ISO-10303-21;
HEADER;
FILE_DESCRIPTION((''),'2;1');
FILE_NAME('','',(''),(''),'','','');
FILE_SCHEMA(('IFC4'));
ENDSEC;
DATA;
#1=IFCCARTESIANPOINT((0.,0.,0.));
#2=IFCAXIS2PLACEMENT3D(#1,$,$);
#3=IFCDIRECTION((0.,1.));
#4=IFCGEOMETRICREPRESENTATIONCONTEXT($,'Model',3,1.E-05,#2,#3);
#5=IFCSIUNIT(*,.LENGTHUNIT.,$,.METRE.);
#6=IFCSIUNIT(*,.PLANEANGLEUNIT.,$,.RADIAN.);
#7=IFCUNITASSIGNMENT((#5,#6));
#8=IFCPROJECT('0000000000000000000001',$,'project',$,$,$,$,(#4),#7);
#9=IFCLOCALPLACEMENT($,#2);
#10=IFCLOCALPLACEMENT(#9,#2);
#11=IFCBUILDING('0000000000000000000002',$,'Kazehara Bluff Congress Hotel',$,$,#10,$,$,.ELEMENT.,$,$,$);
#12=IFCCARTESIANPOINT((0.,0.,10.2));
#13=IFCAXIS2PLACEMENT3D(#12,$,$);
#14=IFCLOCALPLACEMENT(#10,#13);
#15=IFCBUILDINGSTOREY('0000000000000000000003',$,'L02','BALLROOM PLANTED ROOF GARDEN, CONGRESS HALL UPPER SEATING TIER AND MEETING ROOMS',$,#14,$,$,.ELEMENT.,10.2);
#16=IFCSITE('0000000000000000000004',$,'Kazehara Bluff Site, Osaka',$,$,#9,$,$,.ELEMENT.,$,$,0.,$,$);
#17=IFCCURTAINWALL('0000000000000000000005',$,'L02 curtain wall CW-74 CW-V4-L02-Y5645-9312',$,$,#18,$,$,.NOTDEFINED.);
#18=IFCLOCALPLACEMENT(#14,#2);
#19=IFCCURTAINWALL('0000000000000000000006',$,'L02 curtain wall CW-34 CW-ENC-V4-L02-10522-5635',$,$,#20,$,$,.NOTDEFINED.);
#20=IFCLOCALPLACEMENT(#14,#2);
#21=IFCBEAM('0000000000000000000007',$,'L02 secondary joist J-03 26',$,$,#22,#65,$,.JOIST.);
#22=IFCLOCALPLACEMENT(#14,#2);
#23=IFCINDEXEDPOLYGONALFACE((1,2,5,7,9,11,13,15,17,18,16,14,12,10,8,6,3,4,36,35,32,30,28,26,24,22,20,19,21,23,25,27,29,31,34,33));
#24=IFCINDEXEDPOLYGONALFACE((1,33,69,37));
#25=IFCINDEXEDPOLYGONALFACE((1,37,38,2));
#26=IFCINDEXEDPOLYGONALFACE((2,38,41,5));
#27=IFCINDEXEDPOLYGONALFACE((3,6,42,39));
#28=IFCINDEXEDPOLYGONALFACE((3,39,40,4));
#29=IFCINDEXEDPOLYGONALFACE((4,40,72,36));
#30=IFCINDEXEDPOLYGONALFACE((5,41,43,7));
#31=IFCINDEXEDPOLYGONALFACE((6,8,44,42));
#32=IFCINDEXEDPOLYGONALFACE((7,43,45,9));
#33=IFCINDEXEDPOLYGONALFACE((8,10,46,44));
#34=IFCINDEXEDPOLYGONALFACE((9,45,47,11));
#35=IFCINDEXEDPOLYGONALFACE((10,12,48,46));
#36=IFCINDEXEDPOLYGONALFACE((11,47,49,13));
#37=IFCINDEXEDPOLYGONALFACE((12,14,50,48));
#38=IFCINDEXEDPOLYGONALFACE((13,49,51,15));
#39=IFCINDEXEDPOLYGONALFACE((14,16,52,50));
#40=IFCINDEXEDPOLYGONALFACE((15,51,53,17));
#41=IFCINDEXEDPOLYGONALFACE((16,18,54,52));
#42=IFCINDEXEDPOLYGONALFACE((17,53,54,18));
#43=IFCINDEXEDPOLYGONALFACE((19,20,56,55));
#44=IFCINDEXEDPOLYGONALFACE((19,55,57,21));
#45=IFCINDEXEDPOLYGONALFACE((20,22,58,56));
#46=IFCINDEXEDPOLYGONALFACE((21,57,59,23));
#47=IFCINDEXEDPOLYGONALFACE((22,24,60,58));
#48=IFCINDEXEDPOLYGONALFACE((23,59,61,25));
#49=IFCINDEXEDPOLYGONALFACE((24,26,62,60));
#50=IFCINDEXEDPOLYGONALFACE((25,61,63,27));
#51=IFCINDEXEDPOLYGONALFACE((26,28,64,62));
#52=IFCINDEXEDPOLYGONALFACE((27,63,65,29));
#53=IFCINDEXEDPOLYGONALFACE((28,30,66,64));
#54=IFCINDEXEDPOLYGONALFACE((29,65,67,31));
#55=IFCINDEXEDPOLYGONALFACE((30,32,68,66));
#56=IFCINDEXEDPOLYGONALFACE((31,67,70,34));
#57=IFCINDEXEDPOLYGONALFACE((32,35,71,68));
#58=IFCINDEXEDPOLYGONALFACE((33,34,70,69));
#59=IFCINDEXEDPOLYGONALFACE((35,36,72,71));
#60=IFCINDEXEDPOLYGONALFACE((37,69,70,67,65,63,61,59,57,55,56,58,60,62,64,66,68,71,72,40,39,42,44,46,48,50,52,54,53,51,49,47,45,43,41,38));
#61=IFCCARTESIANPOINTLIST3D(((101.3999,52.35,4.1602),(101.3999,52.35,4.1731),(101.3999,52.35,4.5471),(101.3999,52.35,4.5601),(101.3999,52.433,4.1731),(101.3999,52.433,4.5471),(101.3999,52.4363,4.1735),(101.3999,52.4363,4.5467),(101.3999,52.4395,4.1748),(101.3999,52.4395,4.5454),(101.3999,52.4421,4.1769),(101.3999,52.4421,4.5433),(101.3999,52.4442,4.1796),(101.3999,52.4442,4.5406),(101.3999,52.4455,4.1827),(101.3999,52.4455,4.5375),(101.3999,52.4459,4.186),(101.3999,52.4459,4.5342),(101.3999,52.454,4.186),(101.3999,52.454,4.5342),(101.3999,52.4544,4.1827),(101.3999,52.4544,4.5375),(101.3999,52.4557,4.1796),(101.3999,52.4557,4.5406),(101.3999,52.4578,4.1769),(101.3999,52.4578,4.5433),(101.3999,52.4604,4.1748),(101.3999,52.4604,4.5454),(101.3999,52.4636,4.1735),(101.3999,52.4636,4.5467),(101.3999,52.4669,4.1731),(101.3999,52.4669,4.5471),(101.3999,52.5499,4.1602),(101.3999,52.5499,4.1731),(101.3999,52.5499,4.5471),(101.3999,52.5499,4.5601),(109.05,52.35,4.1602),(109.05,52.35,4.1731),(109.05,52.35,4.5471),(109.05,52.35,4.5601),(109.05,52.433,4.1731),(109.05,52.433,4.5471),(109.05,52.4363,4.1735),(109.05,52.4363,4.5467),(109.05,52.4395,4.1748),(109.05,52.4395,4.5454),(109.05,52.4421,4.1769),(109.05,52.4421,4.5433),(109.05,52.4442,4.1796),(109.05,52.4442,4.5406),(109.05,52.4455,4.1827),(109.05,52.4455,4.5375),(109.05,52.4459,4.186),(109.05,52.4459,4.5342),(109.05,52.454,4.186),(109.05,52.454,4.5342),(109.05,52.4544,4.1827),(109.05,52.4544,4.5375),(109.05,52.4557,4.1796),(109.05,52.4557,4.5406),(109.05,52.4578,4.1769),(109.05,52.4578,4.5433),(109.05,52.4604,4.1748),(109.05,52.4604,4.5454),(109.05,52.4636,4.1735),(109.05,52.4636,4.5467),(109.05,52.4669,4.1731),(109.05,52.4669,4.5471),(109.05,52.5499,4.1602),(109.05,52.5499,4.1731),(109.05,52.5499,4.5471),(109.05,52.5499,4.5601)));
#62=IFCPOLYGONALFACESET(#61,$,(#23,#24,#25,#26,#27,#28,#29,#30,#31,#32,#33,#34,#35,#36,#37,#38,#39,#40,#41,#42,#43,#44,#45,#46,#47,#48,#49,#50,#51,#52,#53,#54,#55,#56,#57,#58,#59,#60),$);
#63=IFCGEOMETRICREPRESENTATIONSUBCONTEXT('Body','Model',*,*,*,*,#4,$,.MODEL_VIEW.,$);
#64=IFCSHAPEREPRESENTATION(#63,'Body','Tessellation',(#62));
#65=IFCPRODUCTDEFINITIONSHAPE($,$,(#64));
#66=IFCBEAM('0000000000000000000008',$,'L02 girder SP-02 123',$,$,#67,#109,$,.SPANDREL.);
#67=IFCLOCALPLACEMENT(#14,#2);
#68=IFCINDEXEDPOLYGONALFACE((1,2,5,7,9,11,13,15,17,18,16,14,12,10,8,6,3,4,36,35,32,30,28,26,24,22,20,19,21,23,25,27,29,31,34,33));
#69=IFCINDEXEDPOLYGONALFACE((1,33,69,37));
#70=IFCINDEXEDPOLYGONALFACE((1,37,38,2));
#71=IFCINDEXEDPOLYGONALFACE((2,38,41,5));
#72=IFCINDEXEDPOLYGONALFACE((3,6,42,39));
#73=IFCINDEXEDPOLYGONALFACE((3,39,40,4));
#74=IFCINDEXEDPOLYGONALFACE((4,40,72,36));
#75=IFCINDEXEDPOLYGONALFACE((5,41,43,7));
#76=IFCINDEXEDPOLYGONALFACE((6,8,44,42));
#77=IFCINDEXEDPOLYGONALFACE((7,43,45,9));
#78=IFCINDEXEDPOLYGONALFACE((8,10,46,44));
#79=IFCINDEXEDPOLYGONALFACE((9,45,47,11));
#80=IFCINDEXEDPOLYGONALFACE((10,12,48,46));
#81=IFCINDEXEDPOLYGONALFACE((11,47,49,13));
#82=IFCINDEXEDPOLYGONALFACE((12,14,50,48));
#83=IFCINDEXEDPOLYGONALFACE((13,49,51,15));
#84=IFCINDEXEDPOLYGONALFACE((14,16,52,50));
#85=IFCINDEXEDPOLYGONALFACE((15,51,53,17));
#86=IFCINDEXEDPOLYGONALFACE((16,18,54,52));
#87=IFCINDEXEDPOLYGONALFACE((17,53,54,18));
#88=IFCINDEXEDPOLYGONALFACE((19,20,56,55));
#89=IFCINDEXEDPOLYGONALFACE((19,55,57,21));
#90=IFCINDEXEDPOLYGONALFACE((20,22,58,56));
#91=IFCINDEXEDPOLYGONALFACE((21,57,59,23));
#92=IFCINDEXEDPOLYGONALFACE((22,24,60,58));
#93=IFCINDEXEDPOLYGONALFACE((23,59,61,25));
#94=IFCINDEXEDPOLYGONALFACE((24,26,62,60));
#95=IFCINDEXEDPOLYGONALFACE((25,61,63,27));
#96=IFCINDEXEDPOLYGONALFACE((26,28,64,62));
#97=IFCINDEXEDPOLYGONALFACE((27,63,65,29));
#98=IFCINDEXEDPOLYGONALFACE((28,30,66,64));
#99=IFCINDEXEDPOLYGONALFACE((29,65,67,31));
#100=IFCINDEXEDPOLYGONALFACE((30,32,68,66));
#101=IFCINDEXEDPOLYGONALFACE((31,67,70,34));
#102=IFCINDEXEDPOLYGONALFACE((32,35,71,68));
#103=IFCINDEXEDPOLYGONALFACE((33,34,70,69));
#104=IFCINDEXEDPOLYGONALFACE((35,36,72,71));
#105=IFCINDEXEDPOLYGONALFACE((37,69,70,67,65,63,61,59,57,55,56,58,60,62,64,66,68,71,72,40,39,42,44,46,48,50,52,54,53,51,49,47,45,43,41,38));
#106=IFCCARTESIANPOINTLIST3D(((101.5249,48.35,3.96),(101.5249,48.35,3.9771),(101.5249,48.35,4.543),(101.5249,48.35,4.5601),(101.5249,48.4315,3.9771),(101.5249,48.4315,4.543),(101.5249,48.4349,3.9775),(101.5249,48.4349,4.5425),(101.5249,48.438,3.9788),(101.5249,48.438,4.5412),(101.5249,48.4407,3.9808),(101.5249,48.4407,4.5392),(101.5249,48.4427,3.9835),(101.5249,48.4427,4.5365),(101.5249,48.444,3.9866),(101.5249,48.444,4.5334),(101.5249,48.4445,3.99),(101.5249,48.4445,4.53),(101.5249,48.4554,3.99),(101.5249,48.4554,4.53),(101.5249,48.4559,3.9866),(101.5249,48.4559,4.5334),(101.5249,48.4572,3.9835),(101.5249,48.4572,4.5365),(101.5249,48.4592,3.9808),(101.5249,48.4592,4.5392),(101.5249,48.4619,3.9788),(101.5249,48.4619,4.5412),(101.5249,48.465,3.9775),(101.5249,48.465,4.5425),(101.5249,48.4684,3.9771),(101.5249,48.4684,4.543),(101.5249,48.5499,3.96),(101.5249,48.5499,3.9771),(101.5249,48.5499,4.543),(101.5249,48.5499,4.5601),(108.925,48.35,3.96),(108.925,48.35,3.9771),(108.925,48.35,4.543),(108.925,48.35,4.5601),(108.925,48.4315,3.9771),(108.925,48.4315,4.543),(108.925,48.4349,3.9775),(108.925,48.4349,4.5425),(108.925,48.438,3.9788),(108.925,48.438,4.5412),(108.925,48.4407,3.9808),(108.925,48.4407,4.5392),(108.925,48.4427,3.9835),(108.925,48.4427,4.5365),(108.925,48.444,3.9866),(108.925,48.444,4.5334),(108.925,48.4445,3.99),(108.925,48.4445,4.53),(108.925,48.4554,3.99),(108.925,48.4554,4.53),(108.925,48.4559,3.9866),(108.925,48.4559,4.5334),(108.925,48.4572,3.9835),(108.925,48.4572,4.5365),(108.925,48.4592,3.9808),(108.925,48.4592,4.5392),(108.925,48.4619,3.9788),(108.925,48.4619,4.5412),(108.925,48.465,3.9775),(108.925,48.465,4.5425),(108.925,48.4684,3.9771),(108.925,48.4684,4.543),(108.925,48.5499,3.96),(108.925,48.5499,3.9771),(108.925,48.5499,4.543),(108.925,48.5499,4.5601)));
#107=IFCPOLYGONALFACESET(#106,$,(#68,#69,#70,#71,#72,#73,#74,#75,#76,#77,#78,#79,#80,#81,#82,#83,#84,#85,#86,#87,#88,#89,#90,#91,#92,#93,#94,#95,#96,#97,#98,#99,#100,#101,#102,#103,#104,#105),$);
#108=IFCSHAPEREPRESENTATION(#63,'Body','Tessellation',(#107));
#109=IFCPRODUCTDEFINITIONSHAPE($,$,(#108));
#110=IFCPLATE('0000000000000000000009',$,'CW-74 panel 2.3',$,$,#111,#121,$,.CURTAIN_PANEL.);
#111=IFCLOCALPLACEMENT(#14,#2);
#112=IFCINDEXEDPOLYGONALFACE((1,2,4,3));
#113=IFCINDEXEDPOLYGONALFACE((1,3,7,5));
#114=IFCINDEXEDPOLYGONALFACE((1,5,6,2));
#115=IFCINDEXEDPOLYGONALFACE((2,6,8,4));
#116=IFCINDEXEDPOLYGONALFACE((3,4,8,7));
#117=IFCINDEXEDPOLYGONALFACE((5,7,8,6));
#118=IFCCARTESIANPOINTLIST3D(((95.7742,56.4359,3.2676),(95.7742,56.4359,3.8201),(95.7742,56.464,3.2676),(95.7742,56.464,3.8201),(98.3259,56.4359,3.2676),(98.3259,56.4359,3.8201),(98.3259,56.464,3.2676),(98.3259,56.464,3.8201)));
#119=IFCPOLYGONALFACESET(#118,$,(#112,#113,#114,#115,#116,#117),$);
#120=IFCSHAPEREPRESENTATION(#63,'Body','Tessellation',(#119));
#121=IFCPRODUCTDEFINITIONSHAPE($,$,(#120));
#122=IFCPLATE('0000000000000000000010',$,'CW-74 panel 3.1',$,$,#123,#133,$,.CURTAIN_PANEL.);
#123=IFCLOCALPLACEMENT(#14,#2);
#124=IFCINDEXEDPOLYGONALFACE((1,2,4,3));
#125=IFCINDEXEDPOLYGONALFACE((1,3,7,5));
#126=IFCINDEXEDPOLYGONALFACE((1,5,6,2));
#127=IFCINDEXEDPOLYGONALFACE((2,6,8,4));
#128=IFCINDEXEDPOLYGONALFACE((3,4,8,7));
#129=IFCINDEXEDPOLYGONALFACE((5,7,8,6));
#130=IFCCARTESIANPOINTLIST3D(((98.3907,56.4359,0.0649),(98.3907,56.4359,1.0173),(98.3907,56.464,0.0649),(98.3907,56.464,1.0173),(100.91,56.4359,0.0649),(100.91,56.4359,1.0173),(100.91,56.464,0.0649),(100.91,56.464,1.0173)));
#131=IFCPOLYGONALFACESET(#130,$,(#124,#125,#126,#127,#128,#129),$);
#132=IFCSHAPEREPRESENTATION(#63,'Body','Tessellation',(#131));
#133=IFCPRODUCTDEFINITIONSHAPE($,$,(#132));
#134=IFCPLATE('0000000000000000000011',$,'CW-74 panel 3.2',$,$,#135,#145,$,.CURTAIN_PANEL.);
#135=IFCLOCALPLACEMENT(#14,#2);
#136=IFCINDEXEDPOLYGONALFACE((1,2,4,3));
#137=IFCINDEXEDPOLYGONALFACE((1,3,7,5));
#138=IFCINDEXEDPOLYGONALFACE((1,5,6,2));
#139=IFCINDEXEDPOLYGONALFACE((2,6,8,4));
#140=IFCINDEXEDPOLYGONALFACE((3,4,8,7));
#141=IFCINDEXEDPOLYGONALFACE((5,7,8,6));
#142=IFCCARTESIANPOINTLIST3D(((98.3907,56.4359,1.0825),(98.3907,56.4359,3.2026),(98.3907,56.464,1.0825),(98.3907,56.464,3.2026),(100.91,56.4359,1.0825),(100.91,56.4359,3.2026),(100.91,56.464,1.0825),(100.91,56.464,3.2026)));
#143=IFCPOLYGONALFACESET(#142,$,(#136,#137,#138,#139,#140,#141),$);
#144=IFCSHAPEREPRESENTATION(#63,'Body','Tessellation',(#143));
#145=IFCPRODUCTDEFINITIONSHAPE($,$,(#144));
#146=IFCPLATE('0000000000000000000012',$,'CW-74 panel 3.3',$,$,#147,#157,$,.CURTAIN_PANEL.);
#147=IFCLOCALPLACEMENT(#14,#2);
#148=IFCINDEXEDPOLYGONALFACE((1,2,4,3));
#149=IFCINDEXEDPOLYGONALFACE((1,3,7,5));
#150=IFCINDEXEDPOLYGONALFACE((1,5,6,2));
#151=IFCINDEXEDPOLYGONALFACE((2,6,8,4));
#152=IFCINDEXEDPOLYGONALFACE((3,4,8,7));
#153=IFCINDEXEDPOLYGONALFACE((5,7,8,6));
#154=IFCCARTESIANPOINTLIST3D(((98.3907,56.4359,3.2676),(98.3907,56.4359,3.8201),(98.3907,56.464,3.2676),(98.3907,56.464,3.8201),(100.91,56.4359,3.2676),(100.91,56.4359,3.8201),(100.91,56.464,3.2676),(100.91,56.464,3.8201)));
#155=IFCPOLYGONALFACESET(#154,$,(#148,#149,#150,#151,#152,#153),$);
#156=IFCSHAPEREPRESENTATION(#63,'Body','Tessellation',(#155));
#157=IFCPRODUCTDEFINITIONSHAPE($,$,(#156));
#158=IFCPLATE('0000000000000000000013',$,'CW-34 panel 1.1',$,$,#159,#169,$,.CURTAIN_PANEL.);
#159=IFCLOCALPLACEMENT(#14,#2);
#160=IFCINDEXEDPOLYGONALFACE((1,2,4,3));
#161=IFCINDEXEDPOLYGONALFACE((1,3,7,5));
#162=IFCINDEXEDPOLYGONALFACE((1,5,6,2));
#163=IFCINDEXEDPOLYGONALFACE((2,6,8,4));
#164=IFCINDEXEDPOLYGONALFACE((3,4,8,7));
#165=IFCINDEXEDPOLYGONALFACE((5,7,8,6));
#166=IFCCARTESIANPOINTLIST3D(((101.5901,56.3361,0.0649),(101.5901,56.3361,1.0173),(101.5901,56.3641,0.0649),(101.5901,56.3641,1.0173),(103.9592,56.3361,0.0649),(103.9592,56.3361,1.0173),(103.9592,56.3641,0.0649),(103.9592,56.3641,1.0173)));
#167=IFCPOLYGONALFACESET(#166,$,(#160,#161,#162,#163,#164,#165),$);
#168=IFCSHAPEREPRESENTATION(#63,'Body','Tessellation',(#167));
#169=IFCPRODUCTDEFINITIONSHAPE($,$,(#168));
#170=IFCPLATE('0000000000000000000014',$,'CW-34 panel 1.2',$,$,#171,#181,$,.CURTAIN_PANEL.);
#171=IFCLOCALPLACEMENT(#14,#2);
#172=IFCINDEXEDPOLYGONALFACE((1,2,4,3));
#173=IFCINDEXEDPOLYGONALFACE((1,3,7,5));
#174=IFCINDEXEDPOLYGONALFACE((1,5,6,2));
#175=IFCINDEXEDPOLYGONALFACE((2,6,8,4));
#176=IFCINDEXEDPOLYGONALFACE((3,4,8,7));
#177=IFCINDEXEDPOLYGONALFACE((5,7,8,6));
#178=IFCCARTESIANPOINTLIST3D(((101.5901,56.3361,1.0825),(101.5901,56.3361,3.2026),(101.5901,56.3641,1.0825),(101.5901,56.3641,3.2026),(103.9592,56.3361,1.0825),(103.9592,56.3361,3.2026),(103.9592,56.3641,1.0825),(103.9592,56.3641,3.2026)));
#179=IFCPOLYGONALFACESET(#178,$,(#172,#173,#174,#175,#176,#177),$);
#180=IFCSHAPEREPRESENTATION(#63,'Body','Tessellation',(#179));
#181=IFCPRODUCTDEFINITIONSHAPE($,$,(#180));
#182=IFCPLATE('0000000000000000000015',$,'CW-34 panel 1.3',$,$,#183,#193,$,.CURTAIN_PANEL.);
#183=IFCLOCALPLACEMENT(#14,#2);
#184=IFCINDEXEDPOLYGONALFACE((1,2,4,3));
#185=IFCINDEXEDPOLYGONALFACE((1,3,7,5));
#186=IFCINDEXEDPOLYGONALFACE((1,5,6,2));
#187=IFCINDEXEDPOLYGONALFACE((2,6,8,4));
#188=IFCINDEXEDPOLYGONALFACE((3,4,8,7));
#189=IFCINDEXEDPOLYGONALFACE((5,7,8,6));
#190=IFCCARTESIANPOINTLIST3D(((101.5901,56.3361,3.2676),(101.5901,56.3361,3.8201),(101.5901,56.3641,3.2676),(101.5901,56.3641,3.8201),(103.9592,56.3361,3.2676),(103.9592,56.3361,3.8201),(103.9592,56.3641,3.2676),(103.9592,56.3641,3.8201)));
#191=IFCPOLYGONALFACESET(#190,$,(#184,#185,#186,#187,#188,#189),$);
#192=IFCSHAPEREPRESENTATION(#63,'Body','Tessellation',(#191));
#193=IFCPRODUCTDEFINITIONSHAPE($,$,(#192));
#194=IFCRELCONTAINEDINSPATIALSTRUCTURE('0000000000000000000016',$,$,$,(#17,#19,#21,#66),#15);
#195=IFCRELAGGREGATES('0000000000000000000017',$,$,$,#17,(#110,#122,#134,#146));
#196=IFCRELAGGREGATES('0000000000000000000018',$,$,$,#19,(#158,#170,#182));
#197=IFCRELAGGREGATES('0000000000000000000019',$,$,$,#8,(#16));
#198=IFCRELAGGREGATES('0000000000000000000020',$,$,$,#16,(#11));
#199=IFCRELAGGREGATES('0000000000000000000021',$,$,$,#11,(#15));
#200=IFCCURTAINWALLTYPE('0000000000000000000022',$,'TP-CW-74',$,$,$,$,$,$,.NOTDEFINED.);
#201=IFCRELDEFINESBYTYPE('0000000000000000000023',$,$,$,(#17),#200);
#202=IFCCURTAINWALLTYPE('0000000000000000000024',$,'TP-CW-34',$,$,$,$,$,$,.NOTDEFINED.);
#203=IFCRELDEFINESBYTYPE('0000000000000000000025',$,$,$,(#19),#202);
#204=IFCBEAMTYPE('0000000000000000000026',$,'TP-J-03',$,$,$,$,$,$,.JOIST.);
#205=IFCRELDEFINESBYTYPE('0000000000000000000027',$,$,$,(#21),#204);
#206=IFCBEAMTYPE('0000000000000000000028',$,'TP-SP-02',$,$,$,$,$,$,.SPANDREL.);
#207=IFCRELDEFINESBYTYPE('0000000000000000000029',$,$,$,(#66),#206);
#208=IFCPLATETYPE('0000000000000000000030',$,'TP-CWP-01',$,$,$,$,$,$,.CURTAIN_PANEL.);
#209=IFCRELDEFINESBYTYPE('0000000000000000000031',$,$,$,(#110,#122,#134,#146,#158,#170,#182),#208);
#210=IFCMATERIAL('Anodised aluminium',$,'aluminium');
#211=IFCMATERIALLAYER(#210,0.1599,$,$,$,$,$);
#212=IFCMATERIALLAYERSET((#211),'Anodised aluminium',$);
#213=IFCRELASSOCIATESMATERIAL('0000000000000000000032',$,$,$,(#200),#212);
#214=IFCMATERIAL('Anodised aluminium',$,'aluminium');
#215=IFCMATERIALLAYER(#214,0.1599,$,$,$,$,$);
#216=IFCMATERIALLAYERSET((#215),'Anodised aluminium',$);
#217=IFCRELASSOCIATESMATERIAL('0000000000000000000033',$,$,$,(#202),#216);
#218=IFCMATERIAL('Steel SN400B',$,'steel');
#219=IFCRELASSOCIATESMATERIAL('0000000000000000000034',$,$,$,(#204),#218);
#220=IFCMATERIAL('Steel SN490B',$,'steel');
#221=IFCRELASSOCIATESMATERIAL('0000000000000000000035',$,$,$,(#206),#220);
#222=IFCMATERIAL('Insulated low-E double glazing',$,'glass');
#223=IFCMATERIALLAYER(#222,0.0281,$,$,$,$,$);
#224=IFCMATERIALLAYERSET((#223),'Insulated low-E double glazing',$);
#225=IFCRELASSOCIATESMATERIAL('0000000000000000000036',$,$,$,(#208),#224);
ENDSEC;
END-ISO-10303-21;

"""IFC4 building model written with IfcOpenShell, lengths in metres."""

from ifc_helpers import new_model, si_unit, direction, frame, origin, origin_2d, place, context, subcontext, project, spatial, rectangle, i_section, extrude, material, layer, layer_set, material_profile, profile_set, type_object, element, aggregate, save


model = new_model("IFC4")

# Units and contexts
model_context = context("Model", 3, precision=1e-05, world=origin(), true_north=direction((0.0, 1.0)))
body_context = subcontext(model_context, "Body", "Model", "MODEL_VIEW")
ifc_project = project(units=[si_unit("LENGTHUNIT", "METRE"), si_unit("PLANEANGLEUNIT", "RADIAN")], contexts=[model_context])

# Site, building, storey
site_placement = place(None, origin())
site = spatial("IfcSite", under=ifc_project, at=site_placement, Name="Kazehara Bluff Site, Osaka", CompositionType="ELEMENT", RefElevation=0.0)
building_placement = place(site_placement, origin())
building = spatial("IfcBuilding", under=site, at=building_placement, Name="Kazehara Bluff Congress Hotel", CompositionType="ELEMENT")
storey_placement = place(building_placement, frame((0.0, 0.0, 10.2)))
storey = spatial("IfcBuildingStorey", under=building, at=storey_placement, Name="L02", Description="BALLROOM PLANTED ROOF GARDEN, CONGRESS HALL UPPER SEATING TIER AND MEETING ROOMS", CompositionType="ELEMENT", Elevation=10.2)

# Curtain walls
ifc_material_1 = material(Name="Anodised aluminium", Category="aluminium")
ifc_layer_1 = layer(ifc_material_1, 0.1599)
ifc_layer_set_1 = layer_set([ifc_layer_1], Name="Anodised aluminium")
curtain_wall_type_1 = type_object("IfcCurtainWallType", Name="TP-CW-74", PredefinedType="NOTDEFINED", material=ifc_layer_set_1)
curtain_wall_1_placement = place(storey_placement, origin())
curtain_wall_1 = element("IfcCurtainWall", 1, at=curtain_wall_1_placement, inside=storey, type_object=curtain_wall_type_1, Name="L02 curtain wall CW-74 CW-V4-L02-Y5645-9312", PredefinedType="NOTDEFINED")
ifc_material_2 = material(Name="Anodised aluminium", Category="aluminium")
ifc_layer_2 = layer(ifc_material_2, 0.1599)
ifc_layer_set_2 = layer_set([ifc_layer_2], Name="Anodised aluminium")
curtain_wall_type_2 = type_object("IfcCurtainWallType", Name="TP-CW-34", PredefinedType="NOTDEFINED", material=ifc_layer_set_2)
curtain_wall_2_placement = place(storey_placement, origin())
curtain_wall_2 = element("IfcCurtainWall", 2, at=curtain_wall_2_placement, inside=storey, type_object=curtain_wall_type_2, Name="L02 curtain wall CW-34 CW-ENC-V4-L02-10522-5635", PredefinedType="NOTDEFINED")

# Beams
ifc_material_3 = material(Name="Steel SN400B", Category="steel")
ifc_material_profile_1 = material_profile(ifc_material_3, i_section(OverallWidth=0.2, OverallDepth=0.3999, WebThickness=0.0081, FlangeThickness=0.0129, FilletRadius=0.0129, at=origin_2d()))
ifc_profile_set_1 = profile_set([ifc_material_profile_1], Name="Steel SN400B")
beam_type_1 = type_object("IfcBeamType", Name="TP-J-03", PredefinedType="JOIST", material=ifc_profile_set_1)
beam_1_placement = place(storey_placement, frame((101.3999, 52.45, 4.3601), z_axis=(1.0, 0.0, 0.0), x_axis=(0.0, 1.0, 0.0)))
element("IfcBeam", 3, at=beam_1_placement, inside=storey, type_object=beam_type_1, Name="L02 secondary joist J-03 26", PredefinedType="JOIST", context=body_context, shape_type="SweptSolid", body=[
    extrude(i_section(OverallWidth=0.2, OverallDepth=0.3999, WebThickness=0.0081, FlangeThickness=0.0129, FilletRadius=0.0129, at=origin_2d()), origin(), (0.0, 0.0, 1.0), 7.6501),
])
ifc_material_4 = material(Name="Steel SN490B", Category="steel")
ifc_material_profile_2 = material_profile(ifc_material_4, i_section(OverallWidth=0.2, OverallDepth=0.6001, WebThickness=0.011, FlangeThickness=0.0171, FilletRadius=0.0129, at=origin_2d()))
ifc_profile_set_2 = profile_set([ifc_material_profile_2], Name="Steel SN490B")
beam_type_2 = type_object("IfcBeamType", Name="TP-SP-02", PredefinedType="SPANDREL", material=ifc_profile_set_2)
beam_2_placement = place(storey_placement, frame((101.5249, 48.45, 4.26), z_axis=(1.0, 0.0, 0.0), x_axis=(0.0, 1.0, 0.0)))
element("IfcBeam", 4, at=beam_2_placement, inside=storey, type_object=beam_type_2, Name="L02 girder SP-02 123", PredefinedType="SPANDREL", context=body_context, shape_type="SweptSolid", body=[
    extrude(i_section(OverallWidth=0.2, OverallDepth=0.6001, WebThickness=0.011, FlangeThickness=0.0171, FilletRadius=0.0129, at=origin_2d()), origin(), (0.0, 0.0, 1.0), 7.4001),
])

# Plates
ifc_material_5 = material(Name="Insulated low-E double glazing", Category="glass")
ifc_layer_3 = layer(ifc_material_5, 0.0281)
ifc_layer_set_3 = layer_set([ifc_layer_3], Name="Insulated low-E double glazing")
plate_type = type_object("IfcPlateType", Name="TP-CWP-01", PredefinedType="CURTAIN_PANEL", material=ifc_layer_set_3)
plate_1_placement = place(storey_placement, frame((97.05, 56.45, 3.2676), z_axis=(0.0, 0.0, 1.0), x_axis=(1.0, 0.0, 0.0)))
plate_1 = element("IfcPlate", 5, at=plate_1_placement, type_object=plate_type, Name="CW-74 panel 2.3", PredefinedType="CURTAIN_PANEL", context=body_context, shape_type="SweptSolid", body=[
    extrude(rectangle(XDim=2.5518, YDim=0.0281, at=origin_2d()), origin(), (0.0, 0.0, 1.0), 0.5525),
])
plate_2_placement = place(storey_placement, frame((99.6504, 56.45, 0.0649), z_axis=(0.0, 0.0, 1.0), x_axis=(1.0, 0.0, 0.0)))
plate_2 = element("IfcPlate", 6, at=plate_2_placement, type_object=plate_type, Name="CW-74 panel 3.1", PredefinedType="CURTAIN_PANEL", context=body_context, shape_type="SweptSolid", body=[
    extrude(rectangle(XDim=2.5193, YDim=0.0281, at=origin_2d()), origin(), (0.0, 0.0, 1.0), 0.9524),
])
plate_3_placement = place(storey_placement, frame((99.6504, 56.45, 1.0825), z_axis=(0.0, 0.0, 1.0), x_axis=(1.0, 0.0, 0.0)))
plate_3 = element("IfcPlate", 7, at=plate_3_placement, type_object=plate_type, Name="CW-74 panel 3.2", PredefinedType="CURTAIN_PANEL", context=body_context, shape_type="SweptSolid", body=[
    extrude(rectangle(XDim=2.5193, YDim=0.0281, at=origin_2d()), origin(), (0.0, 0.0, 1.0), 2.1201),
])
plate_4_placement = place(storey_placement, frame((99.6504, 56.45, 3.2676), z_axis=(0.0, 0.0, 1.0), x_axis=(1.0, 0.0, 0.0)))
plate_4 = element("IfcPlate", 8, at=plate_4_placement, type_object=plate_type, Name="CW-74 panel 3.3", PredefinedType="CURTAIN_PANEL", context=body_context, shape_type="SweptSolid", body=[
    extrude(rectangle(XDim=2.5193, YDim=0.0281, at=origin_2d()), origin(), (0.0, 0.0, 1.0), 0.5525),
])
aggregate(curtain_wall_1, [plate_1, plate_2, plate_3, plate_4])
plate_5_placement = place(storey_placement, frame((102.7747, 56.3501, 0.0649), z_axis=(0.0, 0.0, 1.0), x_axis=(1.0, 0.0, 0.0)))
plate_5 = element("IfcPlate", 9, at=plate_5_placement, type_object=plate_type, Name="CW-34 panel 1.1", PredefinedType="CURTAIN_PANEL", context=body_context, shape_type="SweptSolid", body=[
    extrude(rectangle(XDim=2.3691, YDim=0.0281, at=origin_2d()), origin(), (0.0, 0.0, 1.0), 0.9524),
])
plate_6_placement = place(storey_placement, frame((102.7747, 56.3501, 1.0825), z_axis=(0.0, 0.0, 1.0), x_axis=(1.0, 0.0, 0.0)))
plate_6 = element("IfcPlate", 10, at=plate_6_placement, type_object=plate_type, Name="CW-34 panel 1.2", PredefinedType="CURTAIN_PANEL", context=body_context, shape_type="SweptSolid", body=[
    extrude(rectangle(XDim=2.3691, YDim=0.0281, at=origin_2d()), origin(), (0.0, 0.0, 1.0), 2.1201),
])
plate_7_placement = place(storey_placement, frame((102.7747, 56.3501, 3.2676), z_axis=(0.0, 0.0, 1.0), x_axis=(1.0, 0.0, 0.0)))
plate_7 = element("IfcPlate", 11, at=plate_7_placement, type_object=plate_type, Name="CW-34 panel 1.3", PredefinedType="CURTAIN_PANEL", context=body_context, shape_type="SweptSolid", body=[
    extrude(rectangle(XDim=2.3691, YDim=0.0281, at=origin_2d()), origin(), (0.0, 0.0, 1.0), 0.5525),
])
aggregate(curtain_wall_2, [plate_5, plate_6, plate_7])

save(model, "model.ifc")
